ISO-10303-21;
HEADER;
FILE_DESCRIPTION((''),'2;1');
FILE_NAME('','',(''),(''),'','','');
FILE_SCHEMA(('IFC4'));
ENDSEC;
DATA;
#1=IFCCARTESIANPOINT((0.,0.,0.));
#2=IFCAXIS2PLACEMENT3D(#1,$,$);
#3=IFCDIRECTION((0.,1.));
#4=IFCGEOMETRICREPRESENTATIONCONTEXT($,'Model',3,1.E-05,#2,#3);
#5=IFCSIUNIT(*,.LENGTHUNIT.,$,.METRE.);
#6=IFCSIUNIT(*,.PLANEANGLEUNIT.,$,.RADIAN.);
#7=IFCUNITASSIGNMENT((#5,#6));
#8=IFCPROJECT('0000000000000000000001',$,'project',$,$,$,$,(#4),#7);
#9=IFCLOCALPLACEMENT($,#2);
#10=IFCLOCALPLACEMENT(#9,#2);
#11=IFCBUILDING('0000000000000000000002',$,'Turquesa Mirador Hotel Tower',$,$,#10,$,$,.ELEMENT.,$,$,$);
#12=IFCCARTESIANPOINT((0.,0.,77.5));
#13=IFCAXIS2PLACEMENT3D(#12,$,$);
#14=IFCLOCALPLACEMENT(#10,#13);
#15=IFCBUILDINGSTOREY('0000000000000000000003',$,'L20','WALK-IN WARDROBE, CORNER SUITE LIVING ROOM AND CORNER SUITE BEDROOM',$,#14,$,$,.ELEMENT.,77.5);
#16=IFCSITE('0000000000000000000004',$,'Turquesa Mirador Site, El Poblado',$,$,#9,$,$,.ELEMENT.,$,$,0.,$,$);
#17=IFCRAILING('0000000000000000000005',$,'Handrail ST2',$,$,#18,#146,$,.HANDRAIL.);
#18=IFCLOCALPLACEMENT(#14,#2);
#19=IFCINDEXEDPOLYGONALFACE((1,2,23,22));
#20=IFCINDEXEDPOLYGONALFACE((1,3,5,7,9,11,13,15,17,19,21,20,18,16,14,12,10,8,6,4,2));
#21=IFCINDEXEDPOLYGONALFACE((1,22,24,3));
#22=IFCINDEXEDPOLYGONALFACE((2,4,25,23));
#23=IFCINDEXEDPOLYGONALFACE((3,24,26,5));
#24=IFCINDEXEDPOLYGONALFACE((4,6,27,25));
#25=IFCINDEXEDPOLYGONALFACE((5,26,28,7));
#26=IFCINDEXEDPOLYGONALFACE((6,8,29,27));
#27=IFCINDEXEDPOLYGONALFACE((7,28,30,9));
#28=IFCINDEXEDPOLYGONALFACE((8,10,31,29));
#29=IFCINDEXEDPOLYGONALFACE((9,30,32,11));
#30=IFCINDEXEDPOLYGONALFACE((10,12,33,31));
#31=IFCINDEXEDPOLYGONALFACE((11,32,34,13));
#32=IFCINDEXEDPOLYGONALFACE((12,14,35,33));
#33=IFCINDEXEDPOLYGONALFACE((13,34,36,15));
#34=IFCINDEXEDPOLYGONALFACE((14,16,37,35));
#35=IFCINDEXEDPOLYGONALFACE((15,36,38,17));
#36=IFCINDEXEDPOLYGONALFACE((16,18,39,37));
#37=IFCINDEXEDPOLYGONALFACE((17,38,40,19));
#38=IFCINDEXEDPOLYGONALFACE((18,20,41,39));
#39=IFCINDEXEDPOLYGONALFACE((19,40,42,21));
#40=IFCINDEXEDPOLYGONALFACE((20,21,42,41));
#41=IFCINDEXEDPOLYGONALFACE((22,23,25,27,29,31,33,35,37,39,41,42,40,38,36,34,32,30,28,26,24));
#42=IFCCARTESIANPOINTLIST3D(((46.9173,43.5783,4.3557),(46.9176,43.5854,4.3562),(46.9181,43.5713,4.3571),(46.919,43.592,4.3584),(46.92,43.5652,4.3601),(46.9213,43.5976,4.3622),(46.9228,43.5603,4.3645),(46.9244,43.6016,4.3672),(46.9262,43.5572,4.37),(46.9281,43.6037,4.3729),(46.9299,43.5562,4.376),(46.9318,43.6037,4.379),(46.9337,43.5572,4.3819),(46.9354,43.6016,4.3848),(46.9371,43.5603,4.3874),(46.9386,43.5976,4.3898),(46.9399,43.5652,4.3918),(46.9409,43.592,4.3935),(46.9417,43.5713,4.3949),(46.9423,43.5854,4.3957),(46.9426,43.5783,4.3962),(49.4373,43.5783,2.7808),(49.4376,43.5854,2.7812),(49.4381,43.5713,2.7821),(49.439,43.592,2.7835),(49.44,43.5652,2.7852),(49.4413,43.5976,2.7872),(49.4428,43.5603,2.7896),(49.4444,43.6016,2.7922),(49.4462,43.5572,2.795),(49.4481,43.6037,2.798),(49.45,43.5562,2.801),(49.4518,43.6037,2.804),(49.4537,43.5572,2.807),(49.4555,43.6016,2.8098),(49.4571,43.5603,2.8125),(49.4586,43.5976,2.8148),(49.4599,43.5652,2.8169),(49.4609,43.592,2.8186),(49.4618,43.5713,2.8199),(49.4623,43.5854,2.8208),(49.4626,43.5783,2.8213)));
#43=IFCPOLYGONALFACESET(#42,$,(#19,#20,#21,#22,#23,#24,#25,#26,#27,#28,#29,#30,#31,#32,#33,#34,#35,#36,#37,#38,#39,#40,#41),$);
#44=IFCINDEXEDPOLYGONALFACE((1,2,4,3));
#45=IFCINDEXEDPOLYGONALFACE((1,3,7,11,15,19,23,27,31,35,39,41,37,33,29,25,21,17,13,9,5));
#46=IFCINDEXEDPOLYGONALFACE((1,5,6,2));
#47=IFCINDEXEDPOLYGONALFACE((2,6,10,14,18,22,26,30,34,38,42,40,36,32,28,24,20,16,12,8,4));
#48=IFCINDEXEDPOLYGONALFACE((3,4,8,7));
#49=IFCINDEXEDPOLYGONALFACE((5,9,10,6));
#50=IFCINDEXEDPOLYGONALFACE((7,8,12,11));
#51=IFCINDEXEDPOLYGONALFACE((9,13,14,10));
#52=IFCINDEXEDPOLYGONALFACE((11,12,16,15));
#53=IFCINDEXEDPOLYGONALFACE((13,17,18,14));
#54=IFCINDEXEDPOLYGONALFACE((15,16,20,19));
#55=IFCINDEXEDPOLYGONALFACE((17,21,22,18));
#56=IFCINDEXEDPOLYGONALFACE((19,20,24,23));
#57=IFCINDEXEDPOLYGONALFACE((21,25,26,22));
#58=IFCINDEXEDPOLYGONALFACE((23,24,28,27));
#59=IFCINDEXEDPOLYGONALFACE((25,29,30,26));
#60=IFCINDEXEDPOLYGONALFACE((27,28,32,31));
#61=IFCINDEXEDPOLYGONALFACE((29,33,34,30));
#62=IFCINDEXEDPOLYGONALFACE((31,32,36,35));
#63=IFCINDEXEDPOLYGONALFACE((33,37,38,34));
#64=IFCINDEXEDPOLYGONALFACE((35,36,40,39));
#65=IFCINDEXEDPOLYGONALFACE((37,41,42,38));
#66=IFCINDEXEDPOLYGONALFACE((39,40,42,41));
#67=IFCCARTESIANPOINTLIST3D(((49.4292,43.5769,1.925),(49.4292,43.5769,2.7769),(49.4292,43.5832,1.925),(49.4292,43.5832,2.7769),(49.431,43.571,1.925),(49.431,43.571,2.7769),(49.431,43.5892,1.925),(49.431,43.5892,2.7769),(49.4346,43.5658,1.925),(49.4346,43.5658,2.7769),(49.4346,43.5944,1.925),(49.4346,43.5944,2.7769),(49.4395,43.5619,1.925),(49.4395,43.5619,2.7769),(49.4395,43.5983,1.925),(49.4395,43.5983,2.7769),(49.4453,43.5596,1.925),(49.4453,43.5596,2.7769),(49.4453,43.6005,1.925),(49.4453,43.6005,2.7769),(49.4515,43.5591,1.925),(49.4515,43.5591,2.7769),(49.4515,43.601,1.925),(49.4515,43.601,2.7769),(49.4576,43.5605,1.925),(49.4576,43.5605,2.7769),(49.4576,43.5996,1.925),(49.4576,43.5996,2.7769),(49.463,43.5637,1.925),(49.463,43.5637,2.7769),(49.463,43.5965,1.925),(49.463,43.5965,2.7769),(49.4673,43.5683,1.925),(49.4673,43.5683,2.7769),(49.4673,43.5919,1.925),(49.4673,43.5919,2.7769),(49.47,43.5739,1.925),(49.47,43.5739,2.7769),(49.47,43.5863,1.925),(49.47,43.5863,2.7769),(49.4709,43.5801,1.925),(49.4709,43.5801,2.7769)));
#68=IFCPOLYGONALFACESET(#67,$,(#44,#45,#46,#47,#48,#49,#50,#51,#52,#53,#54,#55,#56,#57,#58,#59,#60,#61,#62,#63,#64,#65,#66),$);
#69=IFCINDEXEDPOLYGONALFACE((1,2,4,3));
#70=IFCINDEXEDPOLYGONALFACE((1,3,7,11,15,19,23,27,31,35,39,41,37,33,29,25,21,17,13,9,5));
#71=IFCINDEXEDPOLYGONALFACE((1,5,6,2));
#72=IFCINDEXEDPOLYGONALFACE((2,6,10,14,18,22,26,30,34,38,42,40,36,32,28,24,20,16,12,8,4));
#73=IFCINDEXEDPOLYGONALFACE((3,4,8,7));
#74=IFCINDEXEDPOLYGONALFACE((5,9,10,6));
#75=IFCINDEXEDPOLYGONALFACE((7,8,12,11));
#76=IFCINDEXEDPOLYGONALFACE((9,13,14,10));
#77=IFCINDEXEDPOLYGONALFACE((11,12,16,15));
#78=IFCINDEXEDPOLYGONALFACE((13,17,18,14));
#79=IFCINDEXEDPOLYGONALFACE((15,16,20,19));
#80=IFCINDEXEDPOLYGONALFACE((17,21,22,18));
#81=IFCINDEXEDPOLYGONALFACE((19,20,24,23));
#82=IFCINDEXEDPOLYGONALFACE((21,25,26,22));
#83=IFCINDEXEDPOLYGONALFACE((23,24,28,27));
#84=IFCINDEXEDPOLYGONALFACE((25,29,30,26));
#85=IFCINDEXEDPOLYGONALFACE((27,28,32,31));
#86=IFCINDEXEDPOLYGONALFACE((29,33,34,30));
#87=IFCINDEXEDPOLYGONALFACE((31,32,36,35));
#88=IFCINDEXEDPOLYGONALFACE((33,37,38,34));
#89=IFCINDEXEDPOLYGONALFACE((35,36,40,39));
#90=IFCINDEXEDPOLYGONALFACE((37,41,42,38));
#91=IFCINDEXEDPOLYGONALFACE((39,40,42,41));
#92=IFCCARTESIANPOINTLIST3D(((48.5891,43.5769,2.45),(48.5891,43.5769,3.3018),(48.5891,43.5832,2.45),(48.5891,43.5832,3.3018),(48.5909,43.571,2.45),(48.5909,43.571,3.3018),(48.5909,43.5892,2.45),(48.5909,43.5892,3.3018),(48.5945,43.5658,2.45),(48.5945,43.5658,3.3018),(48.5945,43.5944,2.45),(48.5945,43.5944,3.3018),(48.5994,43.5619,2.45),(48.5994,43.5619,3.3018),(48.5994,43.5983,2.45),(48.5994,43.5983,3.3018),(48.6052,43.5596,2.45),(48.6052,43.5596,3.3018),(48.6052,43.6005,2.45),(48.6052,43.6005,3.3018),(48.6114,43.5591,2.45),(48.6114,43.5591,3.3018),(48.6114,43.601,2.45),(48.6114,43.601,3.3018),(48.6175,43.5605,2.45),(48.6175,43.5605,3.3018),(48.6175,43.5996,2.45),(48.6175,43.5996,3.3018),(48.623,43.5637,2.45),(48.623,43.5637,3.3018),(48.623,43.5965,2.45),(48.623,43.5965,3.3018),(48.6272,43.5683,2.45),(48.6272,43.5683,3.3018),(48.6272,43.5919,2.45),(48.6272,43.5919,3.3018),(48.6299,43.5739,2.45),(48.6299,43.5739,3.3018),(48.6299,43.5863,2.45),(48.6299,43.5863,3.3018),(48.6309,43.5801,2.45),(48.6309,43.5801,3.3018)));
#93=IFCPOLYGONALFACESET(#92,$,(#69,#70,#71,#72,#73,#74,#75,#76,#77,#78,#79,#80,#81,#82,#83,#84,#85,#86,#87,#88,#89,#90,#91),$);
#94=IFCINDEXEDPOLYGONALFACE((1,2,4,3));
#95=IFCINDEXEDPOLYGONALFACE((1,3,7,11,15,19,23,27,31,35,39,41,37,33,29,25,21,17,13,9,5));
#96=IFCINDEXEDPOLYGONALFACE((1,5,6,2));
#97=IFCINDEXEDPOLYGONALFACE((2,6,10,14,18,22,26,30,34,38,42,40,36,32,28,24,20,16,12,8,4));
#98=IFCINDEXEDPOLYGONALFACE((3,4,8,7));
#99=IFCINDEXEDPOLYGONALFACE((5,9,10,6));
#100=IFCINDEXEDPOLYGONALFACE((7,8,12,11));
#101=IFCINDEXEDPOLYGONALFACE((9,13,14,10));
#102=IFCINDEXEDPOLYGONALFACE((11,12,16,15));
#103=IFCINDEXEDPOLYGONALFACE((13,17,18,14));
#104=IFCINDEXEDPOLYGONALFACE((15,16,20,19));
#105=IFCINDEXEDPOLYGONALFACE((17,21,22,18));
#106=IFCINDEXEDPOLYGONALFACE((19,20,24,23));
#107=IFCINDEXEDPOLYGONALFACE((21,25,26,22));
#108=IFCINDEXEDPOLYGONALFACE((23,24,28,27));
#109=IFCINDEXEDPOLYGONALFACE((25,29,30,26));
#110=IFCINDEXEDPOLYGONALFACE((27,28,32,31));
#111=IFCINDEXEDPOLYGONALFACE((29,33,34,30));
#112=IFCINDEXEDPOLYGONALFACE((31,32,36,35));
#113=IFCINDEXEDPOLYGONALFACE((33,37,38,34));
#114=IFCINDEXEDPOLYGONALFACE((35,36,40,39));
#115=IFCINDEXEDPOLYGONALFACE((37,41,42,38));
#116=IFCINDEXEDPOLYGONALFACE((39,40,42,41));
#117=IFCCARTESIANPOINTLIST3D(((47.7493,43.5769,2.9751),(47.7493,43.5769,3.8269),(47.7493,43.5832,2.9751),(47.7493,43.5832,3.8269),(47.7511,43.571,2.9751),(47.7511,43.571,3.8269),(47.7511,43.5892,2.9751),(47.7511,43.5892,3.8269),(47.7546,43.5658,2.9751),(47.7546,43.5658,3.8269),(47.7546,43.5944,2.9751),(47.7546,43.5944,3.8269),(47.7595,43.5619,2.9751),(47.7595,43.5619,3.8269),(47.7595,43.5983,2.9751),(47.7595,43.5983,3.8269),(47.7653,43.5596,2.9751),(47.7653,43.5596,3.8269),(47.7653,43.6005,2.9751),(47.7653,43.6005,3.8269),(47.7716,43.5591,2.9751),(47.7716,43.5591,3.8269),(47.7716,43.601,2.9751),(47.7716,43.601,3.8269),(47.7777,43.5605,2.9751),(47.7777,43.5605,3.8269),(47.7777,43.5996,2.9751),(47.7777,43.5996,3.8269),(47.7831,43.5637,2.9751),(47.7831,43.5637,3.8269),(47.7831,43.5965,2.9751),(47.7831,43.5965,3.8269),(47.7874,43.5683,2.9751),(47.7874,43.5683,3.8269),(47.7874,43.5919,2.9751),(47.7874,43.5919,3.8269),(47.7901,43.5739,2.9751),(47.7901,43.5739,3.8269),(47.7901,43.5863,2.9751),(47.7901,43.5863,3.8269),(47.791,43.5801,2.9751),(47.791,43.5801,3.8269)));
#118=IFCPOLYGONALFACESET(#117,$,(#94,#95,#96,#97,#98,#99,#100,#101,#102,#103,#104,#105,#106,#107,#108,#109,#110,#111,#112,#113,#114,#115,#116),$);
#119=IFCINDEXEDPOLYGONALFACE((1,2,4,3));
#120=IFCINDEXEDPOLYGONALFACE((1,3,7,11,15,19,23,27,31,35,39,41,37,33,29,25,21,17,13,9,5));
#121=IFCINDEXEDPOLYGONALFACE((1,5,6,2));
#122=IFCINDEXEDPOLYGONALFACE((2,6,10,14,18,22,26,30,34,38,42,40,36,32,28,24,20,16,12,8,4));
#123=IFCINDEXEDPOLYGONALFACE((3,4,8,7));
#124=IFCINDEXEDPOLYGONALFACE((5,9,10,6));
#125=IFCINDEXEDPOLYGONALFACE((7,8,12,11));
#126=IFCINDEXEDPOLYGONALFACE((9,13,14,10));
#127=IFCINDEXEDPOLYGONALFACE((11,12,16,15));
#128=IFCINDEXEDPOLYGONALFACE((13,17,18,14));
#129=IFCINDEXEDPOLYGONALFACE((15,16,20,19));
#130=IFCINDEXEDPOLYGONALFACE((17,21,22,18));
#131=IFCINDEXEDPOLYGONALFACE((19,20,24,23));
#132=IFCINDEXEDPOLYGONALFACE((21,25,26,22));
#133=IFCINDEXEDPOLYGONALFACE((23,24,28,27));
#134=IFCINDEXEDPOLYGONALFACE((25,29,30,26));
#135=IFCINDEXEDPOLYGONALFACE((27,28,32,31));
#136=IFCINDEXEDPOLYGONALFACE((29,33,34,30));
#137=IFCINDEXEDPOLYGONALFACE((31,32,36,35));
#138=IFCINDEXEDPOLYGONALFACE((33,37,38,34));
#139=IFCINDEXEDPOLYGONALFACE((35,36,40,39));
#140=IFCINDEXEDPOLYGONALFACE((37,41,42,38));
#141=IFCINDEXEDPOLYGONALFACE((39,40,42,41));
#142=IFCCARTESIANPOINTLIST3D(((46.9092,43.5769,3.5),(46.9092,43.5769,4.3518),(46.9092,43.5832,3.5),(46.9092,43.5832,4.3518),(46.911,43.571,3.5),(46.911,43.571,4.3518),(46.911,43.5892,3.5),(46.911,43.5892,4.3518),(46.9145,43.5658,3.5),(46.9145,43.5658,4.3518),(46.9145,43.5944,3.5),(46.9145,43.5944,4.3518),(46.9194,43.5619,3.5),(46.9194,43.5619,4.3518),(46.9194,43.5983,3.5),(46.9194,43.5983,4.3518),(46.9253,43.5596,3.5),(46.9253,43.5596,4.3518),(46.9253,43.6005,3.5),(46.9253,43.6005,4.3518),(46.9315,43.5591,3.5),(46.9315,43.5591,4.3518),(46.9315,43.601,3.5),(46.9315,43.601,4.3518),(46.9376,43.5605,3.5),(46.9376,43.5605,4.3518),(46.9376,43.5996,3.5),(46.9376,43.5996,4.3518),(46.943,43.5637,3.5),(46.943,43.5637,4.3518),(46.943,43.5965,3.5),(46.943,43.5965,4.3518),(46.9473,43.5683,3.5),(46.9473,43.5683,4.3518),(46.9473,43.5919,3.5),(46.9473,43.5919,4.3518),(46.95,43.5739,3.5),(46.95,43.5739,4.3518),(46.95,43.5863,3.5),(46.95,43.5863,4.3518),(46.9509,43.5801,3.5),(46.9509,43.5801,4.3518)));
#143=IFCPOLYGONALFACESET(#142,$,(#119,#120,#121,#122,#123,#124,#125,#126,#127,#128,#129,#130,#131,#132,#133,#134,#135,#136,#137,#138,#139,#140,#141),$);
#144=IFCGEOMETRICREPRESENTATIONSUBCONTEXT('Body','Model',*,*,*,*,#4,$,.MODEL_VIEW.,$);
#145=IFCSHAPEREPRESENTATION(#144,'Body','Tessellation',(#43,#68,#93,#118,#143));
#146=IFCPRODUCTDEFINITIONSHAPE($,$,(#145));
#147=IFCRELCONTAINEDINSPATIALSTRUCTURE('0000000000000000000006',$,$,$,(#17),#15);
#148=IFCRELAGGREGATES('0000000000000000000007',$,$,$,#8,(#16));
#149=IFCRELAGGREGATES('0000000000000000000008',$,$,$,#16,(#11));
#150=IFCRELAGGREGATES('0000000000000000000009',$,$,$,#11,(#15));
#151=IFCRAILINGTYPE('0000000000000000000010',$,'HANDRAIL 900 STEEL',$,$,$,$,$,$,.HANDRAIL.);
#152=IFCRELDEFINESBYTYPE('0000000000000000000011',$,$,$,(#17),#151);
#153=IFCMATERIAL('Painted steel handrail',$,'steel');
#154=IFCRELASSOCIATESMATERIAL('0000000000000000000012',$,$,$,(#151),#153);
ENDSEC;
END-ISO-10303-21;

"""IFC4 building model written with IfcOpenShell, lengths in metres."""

from ifc_helpers import new_model, si_unit, direction, frame, origin, origin_2d, place, context, subcontext, project, spatial, circle, extrude, material, type_object, element, save


model = new_model("IFC4")

# Units and contexts
model_context = context("Model", 3, precision=1e-05, world=origin(), true_north=direction((0.0, 1.0)))
body_context = subcontext(model_context, "Body", "Model", "MODEL_VIEW")
ifc_project = project(units=[si_unit("LENGTHUNIT", "METRE"), si_unit("PLANEANGLEUNIT", "RADIAN")], contexts=[model_context])

# Site, building, storey
site_placement = place(None, origin())
site = spatial("IfcSite", under=ifc_project, at=site_placement, Name="Turquesa Mirador Site, El Poblado", CompositionType="ELEMENT", RefElevation=0.0)
building_placement = place(site_placement, origin())
building = spatial("IfcBuilding", under=site, at=building_placement, Name="Turquesa Mirador Hotel Tower", CompositionType="ELEMENT")
storey_placement = place(building_placement, frame((0.0, 0.0, 77.5)))
storey = spatial("IfcBuildingStorey", under=building, at=storey_placement, Name="L20", Description="WALK-IN WARDROBE, CORNER SUITE LIVING ROOM AND CORNER SUITE BEDROOM", CompositionType="ELEMENT", Elevation=77.5)

# Railing
ifc_material_1 = material(Name="Painted steel handrail", Category="steel")
railing_type = type_object("IfcRailingType", Name="HANDRAIL 900 STEEL", PredefinedType="HANDRAIL", material=ifc_material_1)
railing_1_placement = place(storey_placement, frame((49.45, 43.5801, 1.925)))
element("IfcRailing", 1, at=railing_1_placement, inside=storey, type_object=railing_type, Name="Handrail ST2", PredefinedType="HANDRAIL", context=body_context, shape_type="SweptSolid", body=[
    extrude(circle(Radius=0.0239, at=origin_2d()), frame((0.0, 0.0, 0.876), z_axis=(-0.848008, 0.0, 0.529984), x_axis=(0.0, -1.0, 0.0)), (0.0, 0.0, 1.0), 2.9717),
    extrude(circle(Radius=0.021, at=origin_2d()), origin(), (0.0, 0.0, 1.0), 0.8518),
    extrude(circle(Radius=0.021, at=origin_2d()), frame((-0.8401, 0.0, 0.5249)), (0.0, 0.0, 1.0), 0.8518),
    extrude(circle(Radius=0.021, at=origin_2d()), frame((-1.6799, 0.0, 1.05)), (0.0, 0.0, 1.0), 0.8518),
    extrude(circle(Radius=0.021, at=origin_2d()), frame((-2.52, 0.0, 1.575)), (0.0, 0.0, 1.0), 0.8518),
])

save(model, "model.ifc")
